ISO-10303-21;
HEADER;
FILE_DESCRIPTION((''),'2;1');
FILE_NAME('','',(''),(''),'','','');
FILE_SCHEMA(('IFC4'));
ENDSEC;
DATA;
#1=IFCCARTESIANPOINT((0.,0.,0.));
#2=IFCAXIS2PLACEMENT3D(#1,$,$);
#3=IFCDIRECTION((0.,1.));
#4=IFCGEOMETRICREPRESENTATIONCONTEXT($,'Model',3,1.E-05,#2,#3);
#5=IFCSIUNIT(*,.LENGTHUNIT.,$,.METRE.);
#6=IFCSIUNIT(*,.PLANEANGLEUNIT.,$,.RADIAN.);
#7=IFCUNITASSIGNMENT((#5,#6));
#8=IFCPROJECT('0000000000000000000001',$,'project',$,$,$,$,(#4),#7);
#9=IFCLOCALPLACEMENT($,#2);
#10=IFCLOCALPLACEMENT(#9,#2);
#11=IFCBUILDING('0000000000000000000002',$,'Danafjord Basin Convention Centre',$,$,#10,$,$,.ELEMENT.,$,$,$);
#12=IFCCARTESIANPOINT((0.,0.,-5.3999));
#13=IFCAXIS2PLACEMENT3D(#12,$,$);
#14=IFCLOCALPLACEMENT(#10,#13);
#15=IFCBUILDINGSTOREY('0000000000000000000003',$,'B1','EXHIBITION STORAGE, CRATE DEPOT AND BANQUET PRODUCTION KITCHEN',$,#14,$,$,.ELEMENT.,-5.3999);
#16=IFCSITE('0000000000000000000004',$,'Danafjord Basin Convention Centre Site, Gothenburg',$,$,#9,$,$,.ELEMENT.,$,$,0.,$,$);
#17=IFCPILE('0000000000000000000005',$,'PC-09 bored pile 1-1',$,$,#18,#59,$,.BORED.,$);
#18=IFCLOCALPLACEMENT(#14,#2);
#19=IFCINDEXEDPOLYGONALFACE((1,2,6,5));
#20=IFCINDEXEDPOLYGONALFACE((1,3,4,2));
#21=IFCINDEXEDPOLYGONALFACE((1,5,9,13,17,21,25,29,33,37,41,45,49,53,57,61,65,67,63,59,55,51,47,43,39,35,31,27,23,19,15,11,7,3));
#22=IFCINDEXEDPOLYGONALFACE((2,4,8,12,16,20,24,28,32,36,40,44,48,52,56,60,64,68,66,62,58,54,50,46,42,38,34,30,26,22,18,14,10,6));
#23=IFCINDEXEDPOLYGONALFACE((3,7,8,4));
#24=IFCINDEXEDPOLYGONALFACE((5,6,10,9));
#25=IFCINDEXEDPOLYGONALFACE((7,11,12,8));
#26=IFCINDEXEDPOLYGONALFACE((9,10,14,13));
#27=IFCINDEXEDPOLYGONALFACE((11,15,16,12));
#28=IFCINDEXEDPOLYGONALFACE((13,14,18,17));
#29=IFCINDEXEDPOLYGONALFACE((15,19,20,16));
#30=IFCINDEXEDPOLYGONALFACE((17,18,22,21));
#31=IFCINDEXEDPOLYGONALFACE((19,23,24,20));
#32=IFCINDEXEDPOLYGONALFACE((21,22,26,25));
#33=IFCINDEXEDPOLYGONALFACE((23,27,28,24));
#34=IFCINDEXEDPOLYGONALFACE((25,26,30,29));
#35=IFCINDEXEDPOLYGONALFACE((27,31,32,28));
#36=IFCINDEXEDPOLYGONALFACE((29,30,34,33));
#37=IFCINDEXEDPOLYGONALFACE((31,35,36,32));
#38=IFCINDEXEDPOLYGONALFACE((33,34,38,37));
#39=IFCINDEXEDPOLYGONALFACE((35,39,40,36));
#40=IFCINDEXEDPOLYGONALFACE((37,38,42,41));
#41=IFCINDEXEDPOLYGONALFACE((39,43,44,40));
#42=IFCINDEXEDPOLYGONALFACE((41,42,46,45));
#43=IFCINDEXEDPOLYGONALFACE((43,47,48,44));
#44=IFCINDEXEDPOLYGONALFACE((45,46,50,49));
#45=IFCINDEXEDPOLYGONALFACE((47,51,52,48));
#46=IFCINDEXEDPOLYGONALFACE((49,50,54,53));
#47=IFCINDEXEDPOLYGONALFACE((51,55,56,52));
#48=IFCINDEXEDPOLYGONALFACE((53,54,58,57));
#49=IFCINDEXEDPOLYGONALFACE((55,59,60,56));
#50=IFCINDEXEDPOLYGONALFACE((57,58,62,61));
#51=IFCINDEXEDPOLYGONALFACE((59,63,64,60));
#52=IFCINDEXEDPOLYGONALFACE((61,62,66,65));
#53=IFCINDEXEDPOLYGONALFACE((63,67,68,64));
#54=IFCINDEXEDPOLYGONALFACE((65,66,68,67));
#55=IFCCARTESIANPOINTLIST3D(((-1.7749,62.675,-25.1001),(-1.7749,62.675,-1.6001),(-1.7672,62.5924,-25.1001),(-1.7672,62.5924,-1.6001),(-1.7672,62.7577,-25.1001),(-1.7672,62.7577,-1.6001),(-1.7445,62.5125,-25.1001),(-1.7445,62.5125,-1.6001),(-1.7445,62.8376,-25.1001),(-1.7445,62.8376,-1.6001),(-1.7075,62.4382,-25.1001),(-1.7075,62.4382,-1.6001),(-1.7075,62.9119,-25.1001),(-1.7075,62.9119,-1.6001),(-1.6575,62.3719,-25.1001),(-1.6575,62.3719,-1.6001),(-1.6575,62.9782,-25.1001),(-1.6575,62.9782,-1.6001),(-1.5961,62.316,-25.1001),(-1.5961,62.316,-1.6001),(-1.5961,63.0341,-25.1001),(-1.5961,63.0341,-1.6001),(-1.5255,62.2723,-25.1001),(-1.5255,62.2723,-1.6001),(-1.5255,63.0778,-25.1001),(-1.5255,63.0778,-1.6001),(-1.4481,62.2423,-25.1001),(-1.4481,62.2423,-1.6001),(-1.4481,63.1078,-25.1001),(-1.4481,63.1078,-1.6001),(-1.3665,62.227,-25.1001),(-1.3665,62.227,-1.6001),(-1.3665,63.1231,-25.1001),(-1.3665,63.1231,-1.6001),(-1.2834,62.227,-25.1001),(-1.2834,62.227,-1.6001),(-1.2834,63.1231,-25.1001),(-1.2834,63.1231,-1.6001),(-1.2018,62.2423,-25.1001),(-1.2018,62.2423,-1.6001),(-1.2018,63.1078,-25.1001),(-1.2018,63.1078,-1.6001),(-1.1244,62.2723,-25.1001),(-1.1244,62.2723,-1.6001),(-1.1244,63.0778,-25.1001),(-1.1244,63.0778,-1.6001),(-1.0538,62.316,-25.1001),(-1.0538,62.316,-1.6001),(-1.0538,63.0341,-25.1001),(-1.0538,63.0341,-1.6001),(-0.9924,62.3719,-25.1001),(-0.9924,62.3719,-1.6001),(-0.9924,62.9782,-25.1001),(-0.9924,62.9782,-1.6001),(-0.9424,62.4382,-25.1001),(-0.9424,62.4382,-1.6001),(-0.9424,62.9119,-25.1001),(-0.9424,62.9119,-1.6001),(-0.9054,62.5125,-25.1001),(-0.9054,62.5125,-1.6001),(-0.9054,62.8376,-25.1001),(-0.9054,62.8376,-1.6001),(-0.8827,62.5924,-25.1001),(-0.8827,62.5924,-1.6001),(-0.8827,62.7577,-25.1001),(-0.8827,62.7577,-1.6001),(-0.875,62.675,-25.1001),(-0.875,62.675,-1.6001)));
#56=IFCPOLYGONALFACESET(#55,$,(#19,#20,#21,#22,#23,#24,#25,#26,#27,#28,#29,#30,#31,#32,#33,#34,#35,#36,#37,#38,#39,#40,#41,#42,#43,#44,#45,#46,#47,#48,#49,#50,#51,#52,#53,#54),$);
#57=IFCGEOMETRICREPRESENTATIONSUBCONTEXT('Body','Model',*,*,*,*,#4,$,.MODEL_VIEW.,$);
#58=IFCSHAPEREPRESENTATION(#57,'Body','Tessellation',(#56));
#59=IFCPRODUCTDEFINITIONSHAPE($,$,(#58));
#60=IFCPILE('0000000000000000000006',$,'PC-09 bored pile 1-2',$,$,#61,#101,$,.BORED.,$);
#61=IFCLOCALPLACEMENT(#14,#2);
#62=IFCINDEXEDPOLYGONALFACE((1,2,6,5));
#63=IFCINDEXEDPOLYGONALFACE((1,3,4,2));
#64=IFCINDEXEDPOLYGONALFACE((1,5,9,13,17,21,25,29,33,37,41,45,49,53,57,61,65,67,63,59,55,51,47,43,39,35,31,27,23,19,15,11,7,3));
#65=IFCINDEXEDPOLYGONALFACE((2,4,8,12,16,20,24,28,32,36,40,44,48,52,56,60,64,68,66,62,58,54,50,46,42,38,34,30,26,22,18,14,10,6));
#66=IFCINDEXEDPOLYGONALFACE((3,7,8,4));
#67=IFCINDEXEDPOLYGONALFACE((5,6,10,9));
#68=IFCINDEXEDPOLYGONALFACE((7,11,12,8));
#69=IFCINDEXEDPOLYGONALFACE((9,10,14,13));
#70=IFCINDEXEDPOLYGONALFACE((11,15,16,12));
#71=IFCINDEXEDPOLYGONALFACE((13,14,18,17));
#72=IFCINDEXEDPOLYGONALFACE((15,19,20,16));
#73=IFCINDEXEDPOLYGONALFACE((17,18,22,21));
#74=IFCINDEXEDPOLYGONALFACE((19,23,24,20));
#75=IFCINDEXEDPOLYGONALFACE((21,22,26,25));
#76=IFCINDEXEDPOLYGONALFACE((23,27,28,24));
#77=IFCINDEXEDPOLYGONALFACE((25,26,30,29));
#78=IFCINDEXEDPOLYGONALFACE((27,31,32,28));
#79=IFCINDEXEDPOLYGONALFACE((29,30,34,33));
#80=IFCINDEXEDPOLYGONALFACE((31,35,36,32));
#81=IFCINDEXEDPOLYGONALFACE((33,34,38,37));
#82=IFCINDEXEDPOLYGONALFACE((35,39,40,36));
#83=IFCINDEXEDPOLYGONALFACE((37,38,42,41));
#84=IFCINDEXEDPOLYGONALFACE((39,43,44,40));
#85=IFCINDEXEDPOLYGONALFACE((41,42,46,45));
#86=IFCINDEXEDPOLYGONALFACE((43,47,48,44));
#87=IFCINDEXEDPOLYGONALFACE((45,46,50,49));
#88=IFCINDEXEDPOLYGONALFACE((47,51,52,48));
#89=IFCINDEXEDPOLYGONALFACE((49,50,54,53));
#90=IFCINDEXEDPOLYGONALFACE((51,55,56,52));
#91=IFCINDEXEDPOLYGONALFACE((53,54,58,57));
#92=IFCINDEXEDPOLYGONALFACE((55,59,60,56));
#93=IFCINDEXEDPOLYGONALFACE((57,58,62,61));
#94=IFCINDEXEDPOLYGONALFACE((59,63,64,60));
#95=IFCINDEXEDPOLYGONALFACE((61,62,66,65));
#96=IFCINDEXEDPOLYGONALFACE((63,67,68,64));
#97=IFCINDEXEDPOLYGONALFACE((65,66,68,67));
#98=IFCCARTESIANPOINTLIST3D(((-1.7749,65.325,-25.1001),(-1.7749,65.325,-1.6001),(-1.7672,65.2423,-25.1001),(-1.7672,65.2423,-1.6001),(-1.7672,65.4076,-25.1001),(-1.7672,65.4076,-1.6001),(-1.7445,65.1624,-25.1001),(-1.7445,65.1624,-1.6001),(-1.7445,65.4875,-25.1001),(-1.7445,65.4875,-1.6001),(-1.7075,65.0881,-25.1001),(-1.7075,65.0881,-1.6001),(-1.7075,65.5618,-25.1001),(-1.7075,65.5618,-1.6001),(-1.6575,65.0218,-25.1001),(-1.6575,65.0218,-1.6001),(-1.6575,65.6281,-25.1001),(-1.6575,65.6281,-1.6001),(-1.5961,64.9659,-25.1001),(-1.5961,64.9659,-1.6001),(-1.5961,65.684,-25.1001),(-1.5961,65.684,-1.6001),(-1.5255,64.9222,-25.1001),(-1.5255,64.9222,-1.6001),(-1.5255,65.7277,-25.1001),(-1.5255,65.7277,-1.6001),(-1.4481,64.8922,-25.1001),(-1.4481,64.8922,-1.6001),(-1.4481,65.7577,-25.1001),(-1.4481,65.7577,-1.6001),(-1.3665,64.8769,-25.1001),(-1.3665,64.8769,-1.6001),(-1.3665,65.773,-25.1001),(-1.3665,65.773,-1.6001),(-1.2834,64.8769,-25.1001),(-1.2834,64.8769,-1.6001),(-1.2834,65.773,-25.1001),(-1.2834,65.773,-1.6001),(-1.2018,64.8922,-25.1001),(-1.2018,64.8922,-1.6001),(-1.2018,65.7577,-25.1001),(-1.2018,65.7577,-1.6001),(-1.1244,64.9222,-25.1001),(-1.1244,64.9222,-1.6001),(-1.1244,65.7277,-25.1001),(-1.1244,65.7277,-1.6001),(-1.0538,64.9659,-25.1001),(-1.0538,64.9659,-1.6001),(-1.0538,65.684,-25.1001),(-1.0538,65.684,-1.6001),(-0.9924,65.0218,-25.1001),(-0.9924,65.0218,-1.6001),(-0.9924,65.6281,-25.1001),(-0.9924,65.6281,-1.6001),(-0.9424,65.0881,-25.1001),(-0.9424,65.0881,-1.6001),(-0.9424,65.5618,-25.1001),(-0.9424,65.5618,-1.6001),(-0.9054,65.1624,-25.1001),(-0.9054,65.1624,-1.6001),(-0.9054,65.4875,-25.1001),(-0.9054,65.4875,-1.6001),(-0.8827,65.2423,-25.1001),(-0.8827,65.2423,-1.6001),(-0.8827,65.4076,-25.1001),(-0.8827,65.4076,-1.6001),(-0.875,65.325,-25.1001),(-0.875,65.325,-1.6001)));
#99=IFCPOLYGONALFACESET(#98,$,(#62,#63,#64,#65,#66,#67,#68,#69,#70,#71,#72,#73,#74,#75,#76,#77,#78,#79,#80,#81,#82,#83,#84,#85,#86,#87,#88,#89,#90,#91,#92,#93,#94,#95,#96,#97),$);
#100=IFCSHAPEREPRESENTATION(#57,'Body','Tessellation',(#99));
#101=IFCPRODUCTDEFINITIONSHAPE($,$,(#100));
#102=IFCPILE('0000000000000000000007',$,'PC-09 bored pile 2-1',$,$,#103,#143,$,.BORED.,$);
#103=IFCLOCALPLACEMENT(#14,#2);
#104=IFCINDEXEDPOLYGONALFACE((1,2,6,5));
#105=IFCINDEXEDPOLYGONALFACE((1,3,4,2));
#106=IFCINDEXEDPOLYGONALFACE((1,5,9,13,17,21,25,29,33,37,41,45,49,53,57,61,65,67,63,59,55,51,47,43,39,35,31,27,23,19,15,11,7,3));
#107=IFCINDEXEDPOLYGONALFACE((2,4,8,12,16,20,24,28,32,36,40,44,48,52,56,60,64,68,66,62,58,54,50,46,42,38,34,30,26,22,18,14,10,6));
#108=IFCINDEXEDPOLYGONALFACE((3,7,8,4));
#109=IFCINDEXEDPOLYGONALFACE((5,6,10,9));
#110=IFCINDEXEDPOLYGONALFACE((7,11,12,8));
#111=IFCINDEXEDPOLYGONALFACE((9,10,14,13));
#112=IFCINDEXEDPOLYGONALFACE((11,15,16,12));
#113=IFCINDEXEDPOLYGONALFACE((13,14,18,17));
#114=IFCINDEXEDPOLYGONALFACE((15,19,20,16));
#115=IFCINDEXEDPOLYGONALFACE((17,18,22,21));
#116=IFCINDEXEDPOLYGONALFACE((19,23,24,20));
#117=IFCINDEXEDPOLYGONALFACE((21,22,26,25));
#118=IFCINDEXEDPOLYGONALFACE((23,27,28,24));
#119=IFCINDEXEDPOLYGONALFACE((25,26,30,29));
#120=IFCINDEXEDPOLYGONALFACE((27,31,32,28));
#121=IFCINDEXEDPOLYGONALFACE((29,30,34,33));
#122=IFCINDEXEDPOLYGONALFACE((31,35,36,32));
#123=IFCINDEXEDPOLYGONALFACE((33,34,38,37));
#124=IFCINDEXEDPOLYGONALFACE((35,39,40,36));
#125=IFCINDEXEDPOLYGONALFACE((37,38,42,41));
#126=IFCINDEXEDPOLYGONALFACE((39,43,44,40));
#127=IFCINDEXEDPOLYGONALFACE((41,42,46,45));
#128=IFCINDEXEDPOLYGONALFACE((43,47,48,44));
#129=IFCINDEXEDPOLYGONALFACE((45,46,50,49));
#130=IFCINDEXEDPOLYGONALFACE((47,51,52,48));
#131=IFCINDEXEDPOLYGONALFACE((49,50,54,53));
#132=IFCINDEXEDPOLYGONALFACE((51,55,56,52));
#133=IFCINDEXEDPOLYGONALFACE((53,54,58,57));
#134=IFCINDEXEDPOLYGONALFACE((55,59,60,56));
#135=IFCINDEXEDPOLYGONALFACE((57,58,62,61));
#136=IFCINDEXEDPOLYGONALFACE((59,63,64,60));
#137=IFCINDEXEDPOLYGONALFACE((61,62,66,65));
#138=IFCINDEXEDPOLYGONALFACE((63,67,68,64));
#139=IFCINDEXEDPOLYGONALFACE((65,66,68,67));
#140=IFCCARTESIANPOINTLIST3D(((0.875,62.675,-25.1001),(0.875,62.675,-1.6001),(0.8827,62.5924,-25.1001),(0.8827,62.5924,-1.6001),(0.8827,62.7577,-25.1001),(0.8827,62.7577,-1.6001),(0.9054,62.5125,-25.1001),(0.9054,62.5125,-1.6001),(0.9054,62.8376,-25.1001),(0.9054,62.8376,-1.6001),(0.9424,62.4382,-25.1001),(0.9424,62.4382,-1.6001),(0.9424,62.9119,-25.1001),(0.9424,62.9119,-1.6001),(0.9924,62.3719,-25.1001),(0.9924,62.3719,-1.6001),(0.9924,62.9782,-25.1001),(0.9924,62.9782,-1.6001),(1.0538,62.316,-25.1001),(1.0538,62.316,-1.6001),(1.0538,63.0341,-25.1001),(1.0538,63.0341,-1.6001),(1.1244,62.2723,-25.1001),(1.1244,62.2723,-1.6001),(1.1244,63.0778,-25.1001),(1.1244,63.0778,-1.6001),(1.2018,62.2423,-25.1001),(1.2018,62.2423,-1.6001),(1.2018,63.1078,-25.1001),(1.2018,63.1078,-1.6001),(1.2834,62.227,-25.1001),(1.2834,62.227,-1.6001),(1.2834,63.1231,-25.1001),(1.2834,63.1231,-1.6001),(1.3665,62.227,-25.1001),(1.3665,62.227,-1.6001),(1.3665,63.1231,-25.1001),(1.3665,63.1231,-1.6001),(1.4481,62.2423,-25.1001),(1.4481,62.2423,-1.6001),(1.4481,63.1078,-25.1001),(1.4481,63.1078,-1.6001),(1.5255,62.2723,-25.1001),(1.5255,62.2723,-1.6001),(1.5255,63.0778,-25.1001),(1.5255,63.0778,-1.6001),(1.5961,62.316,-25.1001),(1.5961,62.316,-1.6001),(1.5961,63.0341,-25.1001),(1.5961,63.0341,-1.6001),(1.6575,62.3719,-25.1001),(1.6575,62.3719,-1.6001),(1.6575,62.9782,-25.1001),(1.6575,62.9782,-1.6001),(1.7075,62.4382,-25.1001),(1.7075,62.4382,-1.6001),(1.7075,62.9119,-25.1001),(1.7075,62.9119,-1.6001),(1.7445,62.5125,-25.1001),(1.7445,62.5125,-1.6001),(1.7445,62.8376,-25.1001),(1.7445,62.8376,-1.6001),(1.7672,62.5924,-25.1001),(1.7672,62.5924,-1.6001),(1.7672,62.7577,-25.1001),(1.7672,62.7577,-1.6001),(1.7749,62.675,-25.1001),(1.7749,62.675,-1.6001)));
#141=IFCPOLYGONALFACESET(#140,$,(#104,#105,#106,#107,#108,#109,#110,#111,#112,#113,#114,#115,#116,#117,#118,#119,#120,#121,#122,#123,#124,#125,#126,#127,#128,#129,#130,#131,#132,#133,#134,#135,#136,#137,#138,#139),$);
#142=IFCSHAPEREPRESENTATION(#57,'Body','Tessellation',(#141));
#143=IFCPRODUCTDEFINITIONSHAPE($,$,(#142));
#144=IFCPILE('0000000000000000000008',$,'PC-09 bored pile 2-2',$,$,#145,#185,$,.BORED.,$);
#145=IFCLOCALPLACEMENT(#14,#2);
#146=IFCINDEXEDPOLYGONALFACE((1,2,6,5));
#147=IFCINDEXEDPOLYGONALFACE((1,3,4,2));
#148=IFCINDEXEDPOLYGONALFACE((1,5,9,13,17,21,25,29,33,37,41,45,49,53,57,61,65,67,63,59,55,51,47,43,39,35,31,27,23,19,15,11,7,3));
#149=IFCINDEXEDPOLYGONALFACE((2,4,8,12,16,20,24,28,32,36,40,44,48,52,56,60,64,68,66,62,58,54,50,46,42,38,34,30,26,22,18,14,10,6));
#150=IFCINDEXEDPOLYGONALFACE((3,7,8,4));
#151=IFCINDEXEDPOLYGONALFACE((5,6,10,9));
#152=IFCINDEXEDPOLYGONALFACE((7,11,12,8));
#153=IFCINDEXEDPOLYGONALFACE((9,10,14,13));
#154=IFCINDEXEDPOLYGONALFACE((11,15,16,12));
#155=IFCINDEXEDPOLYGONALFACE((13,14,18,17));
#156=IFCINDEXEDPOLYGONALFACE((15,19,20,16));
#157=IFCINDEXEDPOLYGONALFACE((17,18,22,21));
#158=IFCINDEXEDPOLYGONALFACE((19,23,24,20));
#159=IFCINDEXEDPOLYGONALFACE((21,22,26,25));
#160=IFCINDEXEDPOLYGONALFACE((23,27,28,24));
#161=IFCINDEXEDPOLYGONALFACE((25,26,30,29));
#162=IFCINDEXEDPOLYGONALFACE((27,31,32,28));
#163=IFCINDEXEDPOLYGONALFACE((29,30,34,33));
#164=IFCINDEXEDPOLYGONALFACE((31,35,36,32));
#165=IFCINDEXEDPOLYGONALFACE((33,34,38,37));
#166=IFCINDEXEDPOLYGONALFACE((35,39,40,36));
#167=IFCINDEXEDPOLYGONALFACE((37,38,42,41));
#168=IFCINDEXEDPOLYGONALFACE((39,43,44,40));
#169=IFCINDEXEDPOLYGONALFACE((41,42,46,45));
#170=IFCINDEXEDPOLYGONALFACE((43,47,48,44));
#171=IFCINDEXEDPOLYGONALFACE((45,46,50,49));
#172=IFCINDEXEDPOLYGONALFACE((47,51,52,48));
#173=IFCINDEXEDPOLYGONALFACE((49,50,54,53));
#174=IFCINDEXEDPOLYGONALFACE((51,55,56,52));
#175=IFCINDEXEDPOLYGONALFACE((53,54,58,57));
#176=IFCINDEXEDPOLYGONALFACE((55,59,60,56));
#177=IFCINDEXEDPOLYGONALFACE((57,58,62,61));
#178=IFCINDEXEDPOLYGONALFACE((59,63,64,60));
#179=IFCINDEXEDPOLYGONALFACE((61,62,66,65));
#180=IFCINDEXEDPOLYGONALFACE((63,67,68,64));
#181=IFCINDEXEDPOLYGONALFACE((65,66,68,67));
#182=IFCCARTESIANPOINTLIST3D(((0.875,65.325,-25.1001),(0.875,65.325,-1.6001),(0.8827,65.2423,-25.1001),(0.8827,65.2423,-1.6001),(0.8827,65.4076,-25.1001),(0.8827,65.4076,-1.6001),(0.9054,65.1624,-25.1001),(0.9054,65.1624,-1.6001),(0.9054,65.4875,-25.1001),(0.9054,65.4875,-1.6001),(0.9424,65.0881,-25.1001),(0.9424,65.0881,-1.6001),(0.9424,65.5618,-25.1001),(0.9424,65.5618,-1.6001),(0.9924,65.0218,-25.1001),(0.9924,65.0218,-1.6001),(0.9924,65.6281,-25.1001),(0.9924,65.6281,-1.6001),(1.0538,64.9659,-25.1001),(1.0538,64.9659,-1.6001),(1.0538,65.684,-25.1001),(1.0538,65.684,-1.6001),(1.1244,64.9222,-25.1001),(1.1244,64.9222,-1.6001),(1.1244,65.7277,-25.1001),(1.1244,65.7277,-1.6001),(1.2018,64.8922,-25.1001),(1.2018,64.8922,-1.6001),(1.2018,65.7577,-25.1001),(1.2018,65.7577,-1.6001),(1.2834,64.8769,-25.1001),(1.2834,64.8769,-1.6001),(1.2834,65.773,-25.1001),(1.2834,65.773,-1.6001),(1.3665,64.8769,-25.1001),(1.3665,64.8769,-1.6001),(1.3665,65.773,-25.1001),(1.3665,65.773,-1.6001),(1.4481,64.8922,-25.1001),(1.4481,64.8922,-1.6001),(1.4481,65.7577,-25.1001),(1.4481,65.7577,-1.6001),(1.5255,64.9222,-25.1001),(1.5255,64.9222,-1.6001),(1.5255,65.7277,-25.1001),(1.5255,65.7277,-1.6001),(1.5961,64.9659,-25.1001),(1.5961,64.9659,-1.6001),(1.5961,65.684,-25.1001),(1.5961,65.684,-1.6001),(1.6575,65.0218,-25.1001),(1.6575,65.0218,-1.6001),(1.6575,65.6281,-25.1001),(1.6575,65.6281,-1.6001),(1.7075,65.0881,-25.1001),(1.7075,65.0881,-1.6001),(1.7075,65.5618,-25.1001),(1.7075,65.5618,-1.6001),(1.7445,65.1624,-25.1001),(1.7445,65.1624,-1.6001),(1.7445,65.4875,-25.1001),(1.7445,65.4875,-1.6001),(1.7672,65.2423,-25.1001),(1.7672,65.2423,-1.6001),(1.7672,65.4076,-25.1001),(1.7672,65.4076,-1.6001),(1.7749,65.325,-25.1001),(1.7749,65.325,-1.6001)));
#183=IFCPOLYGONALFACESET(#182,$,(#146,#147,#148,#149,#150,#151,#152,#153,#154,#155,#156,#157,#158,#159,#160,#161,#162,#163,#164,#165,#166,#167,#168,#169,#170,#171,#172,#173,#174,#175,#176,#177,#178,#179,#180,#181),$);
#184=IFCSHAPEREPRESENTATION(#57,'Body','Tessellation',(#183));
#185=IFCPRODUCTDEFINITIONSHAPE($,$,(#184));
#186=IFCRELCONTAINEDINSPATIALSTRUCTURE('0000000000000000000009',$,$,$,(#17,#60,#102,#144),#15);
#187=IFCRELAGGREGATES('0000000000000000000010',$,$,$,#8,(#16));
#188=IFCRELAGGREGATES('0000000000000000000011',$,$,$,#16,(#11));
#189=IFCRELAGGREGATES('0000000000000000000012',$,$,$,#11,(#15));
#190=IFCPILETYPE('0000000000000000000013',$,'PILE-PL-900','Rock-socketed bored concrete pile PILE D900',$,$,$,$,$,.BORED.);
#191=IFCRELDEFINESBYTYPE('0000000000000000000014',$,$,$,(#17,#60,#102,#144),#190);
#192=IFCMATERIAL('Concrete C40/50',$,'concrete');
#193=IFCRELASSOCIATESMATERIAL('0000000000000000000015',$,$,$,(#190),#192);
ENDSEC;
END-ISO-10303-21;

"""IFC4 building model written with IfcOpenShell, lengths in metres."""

from ifc_helpers import new_model, si_unit, direction, frame, origin, origin_2d, place, context, subcontext, project, spatial, circle, extrude, material, material_profile, profile_set, type_object, element, save


model = new_model("IFC4")

# Units and contexts
model_context = context("Model", 3, precision=1e-05, world=origin(), true_north=direction((0.0, 1.0)))
body_context = subcontext(model_context, "Body", "Model", "MODEL_VIEW")
ifc_project = project(units=[si_unit("LENGTHUNIT", "METRE"), si_unit("PLANEANGLEUNIT", "RADIAN")], contexts=[model_context])

# Site, building, storey
site_placement = place(None, origin())
site = spatial("IfcSite", under=ifc_project, at=site_placement, Name="Danafjord Basin Convention Centre Site, Gothenburg", CompositionType="ELEMENT", RefElevation=0.0)
building_placement = place(site_placement, origin())
building = spatial("IfcBuilding", under=site, at=building_placement, Name="Danafjord Basin Convention Centre", CompositionType="ELEMENT")
storey_placement = place(building_placement, frame((0.0, 0.0, -5.3999)))
storey = spatial("IfcBuildingStorey", under=building, at=storey_placement, Name="B1", Description="EXHIBITION STORAGE, CRATE DEPOT AND BANQUET PRODUCTION KITCHEN", CompositionType="ELEMENT", Elevation=-5.3999)

# Shared definitions
ifc_material_1 = material(Name="Concrete C40/50", Category="concrete")

# Piles
ifc_material_profile_1 = material_profile(ifc_material_1, circle(Radius=0.45, at=origin_2d()), Name="PILE D900")
ifc_profile_set_1 = profile_set([ifc_material_profile_1], Name="Concrete C40/50")
pile_type_1 = type_object("IfcPileType", Name="PILE-PL-900", Description="Rock-socketed bored concrete pile PILE D900", PredefinedType="BORED", material=ifc_profile_set_1)
for number, where, z_axis, x_axis, name in (
    (1, (-1.325, 62.675, -1.6001), (0.0, 0.0, -1.0), (1.0, 0.0, 0.0), "PC-09 bored pile 1-1"),
    (2, (-1.325, 65.325, -1.6001), (0.0, 0.0, -1.0), (1.0, 0.0, 0.0), "PC-09 bored pile 1-2"),
    (3, (1.325, 62.675, -1.6001), (0.0, 0.0, -1.0), (1.0, 0.0, 0.0), "PC-09 bored pile 2-1"),
    (4, (1.325, 65.325, -1.6001), (0.0, 0.0, -1.0), (1.0, 0.0, 0.0), "PC-09 bored pile 2-2"),
):
    element("IfcPile", number, at=place(storey_placement, frame(where, z_axis=z_axis, x_axis=x_axis)), inside=storey, type_object=pile_type_1, Name=name, PredefinedType="BORED", context=body_context, shape_type="SweptSolid", body=[
        extrude(circle(Radius=0.45, at=origin_2d()), origin(), (0.0, 0.0, 1.0), 23.5),
    ])

save(model, "model.ifc")
